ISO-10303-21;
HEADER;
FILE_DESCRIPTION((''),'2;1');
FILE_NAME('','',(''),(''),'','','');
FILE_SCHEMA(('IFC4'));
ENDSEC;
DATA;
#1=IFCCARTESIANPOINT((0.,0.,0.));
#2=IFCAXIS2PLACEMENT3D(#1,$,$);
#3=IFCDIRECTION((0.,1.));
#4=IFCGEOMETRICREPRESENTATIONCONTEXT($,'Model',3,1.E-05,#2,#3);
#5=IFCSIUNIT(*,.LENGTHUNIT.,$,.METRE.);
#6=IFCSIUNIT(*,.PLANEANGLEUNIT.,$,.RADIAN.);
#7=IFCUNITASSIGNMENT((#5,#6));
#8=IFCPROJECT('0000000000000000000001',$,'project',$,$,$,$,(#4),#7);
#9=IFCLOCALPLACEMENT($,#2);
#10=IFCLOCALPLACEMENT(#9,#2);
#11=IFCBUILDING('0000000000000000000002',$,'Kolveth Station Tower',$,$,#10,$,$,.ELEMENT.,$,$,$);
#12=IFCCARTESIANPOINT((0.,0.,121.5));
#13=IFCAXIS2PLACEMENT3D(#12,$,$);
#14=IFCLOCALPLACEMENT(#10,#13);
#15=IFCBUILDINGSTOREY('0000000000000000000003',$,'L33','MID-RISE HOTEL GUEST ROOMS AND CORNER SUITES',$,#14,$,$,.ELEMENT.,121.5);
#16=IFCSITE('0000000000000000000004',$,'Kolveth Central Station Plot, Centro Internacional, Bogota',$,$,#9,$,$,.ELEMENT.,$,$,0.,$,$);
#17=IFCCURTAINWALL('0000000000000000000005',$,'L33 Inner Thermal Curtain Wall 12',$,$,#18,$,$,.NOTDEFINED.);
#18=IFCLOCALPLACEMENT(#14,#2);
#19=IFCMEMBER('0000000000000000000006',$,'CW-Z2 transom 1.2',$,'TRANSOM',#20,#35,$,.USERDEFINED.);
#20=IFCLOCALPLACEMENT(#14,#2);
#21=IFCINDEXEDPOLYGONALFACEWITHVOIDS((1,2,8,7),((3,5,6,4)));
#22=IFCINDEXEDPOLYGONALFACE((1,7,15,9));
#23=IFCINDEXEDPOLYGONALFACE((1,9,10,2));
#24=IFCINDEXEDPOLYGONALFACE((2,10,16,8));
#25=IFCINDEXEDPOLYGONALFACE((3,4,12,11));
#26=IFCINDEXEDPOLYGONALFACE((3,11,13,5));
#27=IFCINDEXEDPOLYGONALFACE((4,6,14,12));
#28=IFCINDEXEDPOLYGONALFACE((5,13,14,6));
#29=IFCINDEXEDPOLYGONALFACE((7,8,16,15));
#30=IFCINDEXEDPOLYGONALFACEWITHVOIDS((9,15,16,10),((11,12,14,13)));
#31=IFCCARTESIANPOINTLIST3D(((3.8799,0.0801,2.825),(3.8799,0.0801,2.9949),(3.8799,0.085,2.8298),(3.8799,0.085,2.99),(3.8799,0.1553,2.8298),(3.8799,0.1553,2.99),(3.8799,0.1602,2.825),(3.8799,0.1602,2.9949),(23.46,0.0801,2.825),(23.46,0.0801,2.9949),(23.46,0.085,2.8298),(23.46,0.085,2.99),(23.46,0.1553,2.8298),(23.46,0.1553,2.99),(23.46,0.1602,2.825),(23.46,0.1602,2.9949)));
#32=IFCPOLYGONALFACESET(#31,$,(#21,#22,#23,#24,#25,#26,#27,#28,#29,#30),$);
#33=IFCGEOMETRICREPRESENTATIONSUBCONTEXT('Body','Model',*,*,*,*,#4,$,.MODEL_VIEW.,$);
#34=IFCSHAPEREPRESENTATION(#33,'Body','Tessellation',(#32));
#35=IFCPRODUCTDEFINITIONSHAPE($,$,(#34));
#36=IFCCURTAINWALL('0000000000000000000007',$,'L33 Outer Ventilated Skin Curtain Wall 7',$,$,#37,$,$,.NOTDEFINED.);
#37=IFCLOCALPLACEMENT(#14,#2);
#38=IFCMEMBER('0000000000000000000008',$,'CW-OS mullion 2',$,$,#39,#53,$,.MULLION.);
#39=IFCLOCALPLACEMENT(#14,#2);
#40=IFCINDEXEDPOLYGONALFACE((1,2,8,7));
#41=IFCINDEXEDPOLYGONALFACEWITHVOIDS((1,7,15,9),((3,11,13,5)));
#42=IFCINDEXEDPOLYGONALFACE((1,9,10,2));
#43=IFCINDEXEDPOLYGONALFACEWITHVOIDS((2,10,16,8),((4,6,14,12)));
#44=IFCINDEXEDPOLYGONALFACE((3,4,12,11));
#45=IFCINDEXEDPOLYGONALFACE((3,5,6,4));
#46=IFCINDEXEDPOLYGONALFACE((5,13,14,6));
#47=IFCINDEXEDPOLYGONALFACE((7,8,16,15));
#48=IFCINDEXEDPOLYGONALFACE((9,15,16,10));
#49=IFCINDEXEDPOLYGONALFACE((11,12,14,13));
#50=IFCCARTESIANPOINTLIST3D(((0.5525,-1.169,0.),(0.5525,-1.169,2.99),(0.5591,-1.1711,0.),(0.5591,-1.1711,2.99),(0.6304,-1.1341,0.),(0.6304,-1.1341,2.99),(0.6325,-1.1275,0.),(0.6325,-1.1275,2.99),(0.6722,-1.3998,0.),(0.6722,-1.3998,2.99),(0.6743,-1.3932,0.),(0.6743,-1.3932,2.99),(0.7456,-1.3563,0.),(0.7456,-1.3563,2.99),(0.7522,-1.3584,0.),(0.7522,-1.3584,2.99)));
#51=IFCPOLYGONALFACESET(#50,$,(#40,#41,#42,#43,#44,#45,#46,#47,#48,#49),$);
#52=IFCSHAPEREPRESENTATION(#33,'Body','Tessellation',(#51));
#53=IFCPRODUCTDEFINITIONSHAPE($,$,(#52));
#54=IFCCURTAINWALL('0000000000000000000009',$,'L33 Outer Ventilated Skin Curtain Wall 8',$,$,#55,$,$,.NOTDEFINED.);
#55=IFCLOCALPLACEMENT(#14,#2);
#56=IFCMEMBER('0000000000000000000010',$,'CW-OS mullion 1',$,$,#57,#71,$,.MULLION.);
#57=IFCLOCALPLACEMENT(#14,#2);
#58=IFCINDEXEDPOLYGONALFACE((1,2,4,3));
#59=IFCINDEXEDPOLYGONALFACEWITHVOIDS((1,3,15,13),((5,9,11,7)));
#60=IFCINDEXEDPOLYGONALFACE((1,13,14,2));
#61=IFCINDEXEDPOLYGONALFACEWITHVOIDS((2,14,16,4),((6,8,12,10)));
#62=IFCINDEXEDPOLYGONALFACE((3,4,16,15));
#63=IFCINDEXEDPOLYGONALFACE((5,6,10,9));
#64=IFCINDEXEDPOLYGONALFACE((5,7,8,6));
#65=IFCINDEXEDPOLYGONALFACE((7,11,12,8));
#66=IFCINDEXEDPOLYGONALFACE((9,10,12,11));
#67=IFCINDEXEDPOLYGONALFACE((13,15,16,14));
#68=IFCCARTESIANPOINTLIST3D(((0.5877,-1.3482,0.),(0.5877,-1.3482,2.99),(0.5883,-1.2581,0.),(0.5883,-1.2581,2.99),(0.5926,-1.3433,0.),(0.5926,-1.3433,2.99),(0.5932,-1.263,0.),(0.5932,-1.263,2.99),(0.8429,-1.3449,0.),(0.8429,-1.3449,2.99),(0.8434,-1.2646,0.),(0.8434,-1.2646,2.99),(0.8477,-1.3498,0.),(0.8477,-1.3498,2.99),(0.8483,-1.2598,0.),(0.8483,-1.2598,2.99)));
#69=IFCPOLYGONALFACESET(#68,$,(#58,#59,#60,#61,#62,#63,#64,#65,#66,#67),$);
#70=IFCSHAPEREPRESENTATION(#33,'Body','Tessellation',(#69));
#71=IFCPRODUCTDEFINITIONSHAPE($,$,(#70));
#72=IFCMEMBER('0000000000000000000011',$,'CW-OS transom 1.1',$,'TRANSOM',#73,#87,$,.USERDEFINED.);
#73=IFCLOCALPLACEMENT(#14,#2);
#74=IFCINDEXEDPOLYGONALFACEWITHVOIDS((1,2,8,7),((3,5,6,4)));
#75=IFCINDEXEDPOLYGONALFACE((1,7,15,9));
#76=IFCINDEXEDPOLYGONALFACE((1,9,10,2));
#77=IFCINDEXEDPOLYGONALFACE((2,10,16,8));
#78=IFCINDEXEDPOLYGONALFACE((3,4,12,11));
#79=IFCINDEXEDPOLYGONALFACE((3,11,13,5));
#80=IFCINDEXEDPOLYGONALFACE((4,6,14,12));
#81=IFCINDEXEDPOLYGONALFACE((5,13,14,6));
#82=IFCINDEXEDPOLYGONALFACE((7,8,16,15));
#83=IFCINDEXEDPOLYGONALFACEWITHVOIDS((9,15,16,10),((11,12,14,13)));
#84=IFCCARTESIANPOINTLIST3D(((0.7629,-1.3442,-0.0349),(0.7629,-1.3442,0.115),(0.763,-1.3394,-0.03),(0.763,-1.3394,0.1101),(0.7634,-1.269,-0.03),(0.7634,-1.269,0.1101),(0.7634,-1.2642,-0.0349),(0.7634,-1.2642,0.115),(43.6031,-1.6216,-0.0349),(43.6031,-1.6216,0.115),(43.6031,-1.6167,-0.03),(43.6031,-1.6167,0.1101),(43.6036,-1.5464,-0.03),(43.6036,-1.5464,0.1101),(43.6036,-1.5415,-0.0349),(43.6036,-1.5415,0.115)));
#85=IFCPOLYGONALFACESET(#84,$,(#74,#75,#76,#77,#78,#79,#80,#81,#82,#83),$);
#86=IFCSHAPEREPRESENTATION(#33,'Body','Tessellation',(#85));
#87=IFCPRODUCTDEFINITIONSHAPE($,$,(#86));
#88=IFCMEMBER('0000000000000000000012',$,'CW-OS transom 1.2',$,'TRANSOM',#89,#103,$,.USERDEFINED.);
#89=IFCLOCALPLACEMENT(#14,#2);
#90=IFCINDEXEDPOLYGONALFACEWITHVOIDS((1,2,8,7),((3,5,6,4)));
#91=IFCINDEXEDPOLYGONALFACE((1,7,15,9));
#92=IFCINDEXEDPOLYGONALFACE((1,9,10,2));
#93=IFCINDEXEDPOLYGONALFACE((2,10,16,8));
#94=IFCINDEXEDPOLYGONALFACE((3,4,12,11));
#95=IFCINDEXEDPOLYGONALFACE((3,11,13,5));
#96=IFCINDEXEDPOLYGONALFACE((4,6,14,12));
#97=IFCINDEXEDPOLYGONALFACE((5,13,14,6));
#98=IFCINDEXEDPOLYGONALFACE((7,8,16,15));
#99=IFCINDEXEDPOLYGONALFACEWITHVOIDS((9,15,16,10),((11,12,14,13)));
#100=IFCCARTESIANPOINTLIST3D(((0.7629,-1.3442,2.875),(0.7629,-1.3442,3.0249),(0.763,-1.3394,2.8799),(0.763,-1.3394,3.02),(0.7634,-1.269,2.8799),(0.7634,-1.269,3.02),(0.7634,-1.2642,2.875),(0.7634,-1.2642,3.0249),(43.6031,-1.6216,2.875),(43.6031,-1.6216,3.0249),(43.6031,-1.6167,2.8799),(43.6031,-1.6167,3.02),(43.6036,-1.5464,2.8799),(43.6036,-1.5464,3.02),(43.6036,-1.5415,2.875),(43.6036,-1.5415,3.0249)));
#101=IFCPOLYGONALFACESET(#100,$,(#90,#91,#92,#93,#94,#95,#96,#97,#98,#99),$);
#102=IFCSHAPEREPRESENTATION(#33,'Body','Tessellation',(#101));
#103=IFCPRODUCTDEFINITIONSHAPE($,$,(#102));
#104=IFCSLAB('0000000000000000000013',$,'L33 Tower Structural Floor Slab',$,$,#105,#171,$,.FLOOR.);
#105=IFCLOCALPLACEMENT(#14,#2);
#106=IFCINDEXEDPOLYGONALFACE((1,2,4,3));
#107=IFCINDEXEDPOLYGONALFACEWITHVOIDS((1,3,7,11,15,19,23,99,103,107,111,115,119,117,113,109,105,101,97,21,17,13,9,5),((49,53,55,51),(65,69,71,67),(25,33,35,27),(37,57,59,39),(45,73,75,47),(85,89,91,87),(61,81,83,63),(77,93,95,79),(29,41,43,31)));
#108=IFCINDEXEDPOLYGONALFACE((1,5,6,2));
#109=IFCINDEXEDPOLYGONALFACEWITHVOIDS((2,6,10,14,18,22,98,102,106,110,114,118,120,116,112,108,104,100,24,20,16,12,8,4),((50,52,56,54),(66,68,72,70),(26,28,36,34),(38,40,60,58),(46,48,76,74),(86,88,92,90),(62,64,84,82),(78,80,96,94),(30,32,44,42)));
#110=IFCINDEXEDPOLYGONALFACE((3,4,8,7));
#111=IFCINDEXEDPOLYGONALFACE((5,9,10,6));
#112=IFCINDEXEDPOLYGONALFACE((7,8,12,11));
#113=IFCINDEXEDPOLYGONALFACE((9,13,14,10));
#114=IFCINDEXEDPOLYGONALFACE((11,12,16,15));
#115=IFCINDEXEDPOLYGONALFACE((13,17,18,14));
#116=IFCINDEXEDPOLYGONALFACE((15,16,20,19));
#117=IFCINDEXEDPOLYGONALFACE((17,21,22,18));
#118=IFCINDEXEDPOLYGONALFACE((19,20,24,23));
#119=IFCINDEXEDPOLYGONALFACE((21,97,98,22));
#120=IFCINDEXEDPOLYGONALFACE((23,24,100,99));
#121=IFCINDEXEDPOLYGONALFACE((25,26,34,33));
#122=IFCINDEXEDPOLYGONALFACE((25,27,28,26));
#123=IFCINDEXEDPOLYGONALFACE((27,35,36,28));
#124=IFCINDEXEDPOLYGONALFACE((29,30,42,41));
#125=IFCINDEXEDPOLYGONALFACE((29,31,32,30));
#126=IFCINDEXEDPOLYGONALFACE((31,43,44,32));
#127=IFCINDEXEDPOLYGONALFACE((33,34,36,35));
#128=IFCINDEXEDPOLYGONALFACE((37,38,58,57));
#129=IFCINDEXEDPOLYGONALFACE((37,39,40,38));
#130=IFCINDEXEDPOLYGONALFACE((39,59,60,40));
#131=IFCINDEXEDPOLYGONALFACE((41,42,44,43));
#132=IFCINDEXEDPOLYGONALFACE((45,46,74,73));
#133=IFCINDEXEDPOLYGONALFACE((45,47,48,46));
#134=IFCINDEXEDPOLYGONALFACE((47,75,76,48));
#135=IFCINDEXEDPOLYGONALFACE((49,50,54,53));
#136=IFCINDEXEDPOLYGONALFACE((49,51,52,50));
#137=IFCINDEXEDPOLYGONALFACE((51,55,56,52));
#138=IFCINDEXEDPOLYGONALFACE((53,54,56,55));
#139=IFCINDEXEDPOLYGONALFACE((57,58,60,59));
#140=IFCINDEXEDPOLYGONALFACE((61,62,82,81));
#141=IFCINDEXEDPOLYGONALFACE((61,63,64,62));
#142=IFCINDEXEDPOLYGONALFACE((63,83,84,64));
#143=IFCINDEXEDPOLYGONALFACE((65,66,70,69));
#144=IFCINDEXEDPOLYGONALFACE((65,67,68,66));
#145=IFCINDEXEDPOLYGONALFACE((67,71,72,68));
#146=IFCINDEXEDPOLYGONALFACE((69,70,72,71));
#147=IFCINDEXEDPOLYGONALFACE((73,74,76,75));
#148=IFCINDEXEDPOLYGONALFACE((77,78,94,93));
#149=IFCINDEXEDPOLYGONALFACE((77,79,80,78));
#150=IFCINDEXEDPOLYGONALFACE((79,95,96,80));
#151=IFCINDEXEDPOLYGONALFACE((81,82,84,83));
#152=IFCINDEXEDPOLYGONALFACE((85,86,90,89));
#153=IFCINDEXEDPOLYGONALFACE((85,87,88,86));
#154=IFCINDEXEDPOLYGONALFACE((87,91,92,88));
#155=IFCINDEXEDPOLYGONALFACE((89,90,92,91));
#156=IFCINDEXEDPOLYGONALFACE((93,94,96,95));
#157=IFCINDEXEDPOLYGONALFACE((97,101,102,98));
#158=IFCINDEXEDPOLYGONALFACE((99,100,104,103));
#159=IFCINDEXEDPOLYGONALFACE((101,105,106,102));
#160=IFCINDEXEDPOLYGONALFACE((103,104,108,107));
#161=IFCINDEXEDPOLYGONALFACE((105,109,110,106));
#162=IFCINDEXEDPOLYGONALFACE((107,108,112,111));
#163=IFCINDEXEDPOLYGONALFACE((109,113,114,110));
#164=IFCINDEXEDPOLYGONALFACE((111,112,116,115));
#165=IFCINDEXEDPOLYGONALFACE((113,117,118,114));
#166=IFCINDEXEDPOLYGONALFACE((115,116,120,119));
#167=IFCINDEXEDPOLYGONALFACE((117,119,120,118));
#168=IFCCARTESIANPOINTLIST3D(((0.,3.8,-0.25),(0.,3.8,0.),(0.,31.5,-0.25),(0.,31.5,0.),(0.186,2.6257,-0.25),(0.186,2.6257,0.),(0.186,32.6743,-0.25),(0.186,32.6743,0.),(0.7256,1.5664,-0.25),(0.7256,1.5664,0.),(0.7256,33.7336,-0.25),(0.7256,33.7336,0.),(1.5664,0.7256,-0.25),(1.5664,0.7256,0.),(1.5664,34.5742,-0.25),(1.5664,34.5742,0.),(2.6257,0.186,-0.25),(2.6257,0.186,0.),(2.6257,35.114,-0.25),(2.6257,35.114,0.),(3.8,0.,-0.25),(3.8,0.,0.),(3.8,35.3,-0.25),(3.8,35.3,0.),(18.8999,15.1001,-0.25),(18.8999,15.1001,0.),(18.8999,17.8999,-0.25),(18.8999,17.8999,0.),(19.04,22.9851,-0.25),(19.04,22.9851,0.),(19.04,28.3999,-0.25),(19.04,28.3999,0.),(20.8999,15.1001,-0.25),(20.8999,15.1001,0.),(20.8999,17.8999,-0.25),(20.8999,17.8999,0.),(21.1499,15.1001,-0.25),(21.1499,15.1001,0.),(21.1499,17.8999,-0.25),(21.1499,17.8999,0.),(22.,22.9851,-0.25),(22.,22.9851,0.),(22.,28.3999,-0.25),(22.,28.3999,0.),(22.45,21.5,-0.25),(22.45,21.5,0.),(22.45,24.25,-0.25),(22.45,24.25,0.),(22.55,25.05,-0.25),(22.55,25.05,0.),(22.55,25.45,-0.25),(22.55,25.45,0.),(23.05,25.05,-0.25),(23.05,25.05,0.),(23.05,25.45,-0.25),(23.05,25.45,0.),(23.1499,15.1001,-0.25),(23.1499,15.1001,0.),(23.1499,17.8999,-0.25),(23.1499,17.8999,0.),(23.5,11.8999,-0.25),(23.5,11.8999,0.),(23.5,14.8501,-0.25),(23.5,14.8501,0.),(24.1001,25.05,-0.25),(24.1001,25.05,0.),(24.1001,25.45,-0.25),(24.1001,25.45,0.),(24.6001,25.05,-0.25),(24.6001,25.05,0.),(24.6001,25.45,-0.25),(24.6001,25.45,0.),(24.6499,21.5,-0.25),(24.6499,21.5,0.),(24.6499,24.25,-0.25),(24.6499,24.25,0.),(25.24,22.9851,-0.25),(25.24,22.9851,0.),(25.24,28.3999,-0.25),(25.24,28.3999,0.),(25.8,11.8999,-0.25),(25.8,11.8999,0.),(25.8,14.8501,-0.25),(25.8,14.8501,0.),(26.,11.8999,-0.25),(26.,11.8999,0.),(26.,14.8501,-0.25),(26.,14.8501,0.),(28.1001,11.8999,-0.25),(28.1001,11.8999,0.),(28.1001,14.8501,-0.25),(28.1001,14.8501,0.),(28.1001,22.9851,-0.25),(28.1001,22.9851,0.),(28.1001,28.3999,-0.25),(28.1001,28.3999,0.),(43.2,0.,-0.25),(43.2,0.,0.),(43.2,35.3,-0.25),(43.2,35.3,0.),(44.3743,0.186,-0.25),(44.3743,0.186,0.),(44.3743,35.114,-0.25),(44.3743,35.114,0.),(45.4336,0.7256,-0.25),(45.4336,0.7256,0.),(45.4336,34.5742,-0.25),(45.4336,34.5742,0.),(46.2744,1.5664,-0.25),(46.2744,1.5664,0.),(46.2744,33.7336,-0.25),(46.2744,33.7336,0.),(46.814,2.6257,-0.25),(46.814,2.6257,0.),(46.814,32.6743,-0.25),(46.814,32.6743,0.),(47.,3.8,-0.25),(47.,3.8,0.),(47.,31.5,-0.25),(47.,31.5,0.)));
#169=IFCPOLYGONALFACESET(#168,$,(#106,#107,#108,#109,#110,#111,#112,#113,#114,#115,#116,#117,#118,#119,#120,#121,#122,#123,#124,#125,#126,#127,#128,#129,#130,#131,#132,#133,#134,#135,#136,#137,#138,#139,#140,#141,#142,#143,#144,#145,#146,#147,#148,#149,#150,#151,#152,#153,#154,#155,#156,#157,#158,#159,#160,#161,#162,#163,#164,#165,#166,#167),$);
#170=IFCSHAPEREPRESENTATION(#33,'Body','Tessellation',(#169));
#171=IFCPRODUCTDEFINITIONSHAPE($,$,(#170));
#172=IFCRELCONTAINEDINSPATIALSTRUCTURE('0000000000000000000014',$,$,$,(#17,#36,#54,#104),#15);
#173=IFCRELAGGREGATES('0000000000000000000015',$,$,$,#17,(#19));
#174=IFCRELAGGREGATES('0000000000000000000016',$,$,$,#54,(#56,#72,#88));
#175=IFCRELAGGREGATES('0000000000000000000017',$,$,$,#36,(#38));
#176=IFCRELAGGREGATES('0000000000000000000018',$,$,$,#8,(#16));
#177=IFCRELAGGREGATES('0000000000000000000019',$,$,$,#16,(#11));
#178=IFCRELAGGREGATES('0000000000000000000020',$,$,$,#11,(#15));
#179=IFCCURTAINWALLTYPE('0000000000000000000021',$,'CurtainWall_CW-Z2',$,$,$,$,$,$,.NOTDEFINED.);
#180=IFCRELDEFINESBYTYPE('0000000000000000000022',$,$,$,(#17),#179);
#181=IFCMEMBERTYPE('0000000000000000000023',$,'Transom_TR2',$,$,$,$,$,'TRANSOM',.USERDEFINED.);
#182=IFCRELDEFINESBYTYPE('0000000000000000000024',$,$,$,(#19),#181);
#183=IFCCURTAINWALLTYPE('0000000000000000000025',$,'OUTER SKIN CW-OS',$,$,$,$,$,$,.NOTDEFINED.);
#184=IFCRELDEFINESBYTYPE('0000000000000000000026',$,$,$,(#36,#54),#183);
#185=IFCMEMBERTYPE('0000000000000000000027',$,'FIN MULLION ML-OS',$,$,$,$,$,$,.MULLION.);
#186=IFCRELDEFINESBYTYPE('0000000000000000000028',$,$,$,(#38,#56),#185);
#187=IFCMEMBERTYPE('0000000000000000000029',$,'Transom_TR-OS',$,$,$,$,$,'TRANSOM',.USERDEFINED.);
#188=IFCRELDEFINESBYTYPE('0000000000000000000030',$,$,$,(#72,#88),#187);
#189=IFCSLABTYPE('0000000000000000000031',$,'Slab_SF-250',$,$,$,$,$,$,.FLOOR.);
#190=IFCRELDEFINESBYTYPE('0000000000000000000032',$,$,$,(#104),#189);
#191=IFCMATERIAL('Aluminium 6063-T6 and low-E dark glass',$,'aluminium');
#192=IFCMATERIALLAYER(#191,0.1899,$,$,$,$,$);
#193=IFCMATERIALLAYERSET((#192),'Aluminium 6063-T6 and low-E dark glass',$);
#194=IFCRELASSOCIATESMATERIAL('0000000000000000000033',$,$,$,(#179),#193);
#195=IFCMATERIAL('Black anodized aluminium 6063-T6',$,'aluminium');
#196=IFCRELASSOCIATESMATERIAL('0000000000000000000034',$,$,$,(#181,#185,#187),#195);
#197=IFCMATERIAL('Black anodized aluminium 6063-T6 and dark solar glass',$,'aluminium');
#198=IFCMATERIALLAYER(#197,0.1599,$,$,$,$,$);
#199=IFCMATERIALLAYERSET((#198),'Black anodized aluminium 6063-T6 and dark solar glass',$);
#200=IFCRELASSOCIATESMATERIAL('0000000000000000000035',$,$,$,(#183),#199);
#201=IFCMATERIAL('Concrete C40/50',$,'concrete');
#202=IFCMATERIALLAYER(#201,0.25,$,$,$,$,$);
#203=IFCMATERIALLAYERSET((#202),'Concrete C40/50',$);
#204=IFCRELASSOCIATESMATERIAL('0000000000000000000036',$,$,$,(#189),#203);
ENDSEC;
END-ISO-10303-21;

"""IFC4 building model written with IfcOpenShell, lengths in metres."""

from ifc_helpers import new_model, si_unit, direction, frame, origin, origin_2d, place, context, subcontext, project, spatial, polyline, hollow_rectangle, outline, extrude, source, transform, mapped, material, layer, layer_set, material_profile, profile_set, type_object, element, aggregate, save


model = new_model("IFC4")

# Units and contexts
model_context = context("Model", 3, precision=1e-05, world=origin(), true_north=direction((0.0, 1.0)))
body_context = subcontext(model_context, "Body", "Model", "MODEL_VIEW")
ifc_project = project(units=[si_unit("LENGTHUNIT", "METRE"), si_unit("PLANEANGLEUNIT", "RADIAN")], contexts=[model_context])

# Site, building, storey
site_placement = place(None, origin())
site = spatial("IfcSite", under=ifc_project, at=site_placement, Name="Kolveth Central Station Plot, Centro Internacional, Bogota", CompositionType="ELEMENT", RefElevation=0.0)
building_placement = place(site_placement, origin())
building = spatial("IfcBuilding", under=site, at=building_placement, Name="Kolveth Station Tower", CompositionType="ELEMENT")
storey_placement = place(building_placement, frame((0.0, 0.0, 121.5)))
storey = spatial("IfcBuildingStorey", under=building, at=storey_placement, Name="L33", Description="MID-RISE HOTEL GUEST ROOMS AND CORNER SUITES", CompositionType="ELEMENT", Elevation=121.5)

# Shared definitions
ifc_material_1 = material(Name="Aluminium 6063-T6 and low-E dark glass", Category="aluminium")
ifc_layer_1 = layer(ifc_material_1, 0.1899)
ifc_layer_set_1 = layer_set([ifc_layer_1], Name="Aluminium 6063-T6 and low-E dark glass")
curtain_wall_type_1 = type_object("IfcCurtainWallType", Name="CurtainWall_CW-Z2", PredefinedType="NOTDEFINED", material=ifc_layer_set_1)
ifc_material_2 = material(Name="Black anodized aluminium 6063-T6", Category="aluminium")

# Curtain wall
curtain_wall_1_placement = place(storey_placement, origin())
curtain_wall_1 = element("IfcCurtainWall", 1, at=curtain_wall_1_placement, inside=storey, type_object=curtain_wall_type_1, Name="L33 Inner Thermal Curtain Wall 12", PredefinedType="NOTDEFINED")

# Member
ifc_material_profile_1 = material_profile(ifc_material_2, hollow_rectangle(XDim=0.0801, YDim=0.1699, WallThickness=0.0049, at=origin_2d()), Name="ALU-80x170x5")
ifc_profile_set_1 = profile_set([ifc_material_profile_1], Name="Black anodized aluminium 6063-T6")
member_type_1 = type_object("IfcMemberType", Name="Transom_TR2", ElementType="TRANSOM", PredefinedType="USERDEFINED", material=ifc_profile_set_1)
shared_shape_1 = source(origin(), body_context, "Body", "SweptSolid", [
    extrude(hollow_rectangle(XDim=0.0801, YDim=0.1699, WallThickness=0.0049, at=origin_2d()), origin(), (0.0, 0.0, 1.0), 19.5801),
])
member_1_placement = place(storey_placement, frame((3.8799, 0.1201, 2.9099), z_axis=(1.0, 0.0, 0.0), x_axis=(0.0, 1.0, 0.0)))
member_1 = element("IfcMember", 2, at=member_1_placement, type_object=member_type_1, Name="CW-Z2 transom 1.2", ObjectType="TRANSOM", PredefinedType="USERDEFINED", context=body_context, shape_type="MappedRepresentation", body=[
    mapped(shared_shape_1, transform((0.0, 0.0, 0.0), x_axis=(1.0, 0.0, 0.0), y_axis=(0.0, 1.0, 0.0), z_axis=(0.0, 0.0, 1.0), scale=1.0)),
])
aggregate(curtain_wall_1, [member_1])

# Curtain wall, member
ifc_material_3 = material(Name="Black anodized aluminium 6063-T6 and dark solar glass", Category="aluminium")
ifc_layer_2 = layer(ifc_material_3, 0.1599)
ifc_layer_set_2 = layer_set([ifc_layer_2], Name="Black anodized aluminium 6063-T6 and dark solar glass")
curtain_wall_type_2 = type_object("IfcCurtainWallType", Name="OUTER SKIN CW-OS", PredefinedType="NOTDEFINED", material=ifc_layer_set_2)
curtain_wall_2_placement = place(storey_placement, origin())
curtain_wall_2 = element("IfcCurtainWall", 3, at=curtain_wall_2_placement, inside=storey, type_object=curtain_wall_type_2, Name="L33 Outer Ventilated Skin Curtain Wall 7", PredefinedType="NOTDEFINED")
ifc_material_profile_2 = material_profile(ifc_material_2, hollow_rectangle(XDim=0.0901, YDim=0.26, WallThickness=0.0049, at=origin_2d()), Name="ALU-90x260x5")
ifc_profile_set_2 = profile_set([ifc_material_profile_2], Name="Black anodized aluminium 6063-T6")
member_type_2 = type_object("IfcMemberType", Name="FIN MULLION ML-OS", PredefinedType="MULLION", material=ifc_profile_set_2)
shared_shape_2 = source(origin(), body_context, "Body", "SweptSolid", [
    extrude(hollow_rectangle(XDim=0.0901, YDim=0.26, WallThickness=0.0049, at=origin_2d()), origin(), (0.0, 0.0, 1.0), 2.99),
])
member_2_placement = place(storey_placement, frame((0.6523, -1.2637, 0.0), z_axis=(0.0, 0.0, 1.0), x_axis=(0.887795, 0.460239, 0.0)))
member_2 = element("IfcMember", 4, at=member_2_placement, type_object=member_type_2, Name="CW-OS mullion 2", PredefinedType="MULLION", context=body_context, shape_type="MappedRepresentation", body=[
    mapped(shared_shape_2, transform((0.0, 0.0, 0.0), x_axis=(1.0, 0.0, 0.0), y_axis=(0.0, 1.0, 0.0), z_axis=(0.0, 0.0, 1.0), scale=1.0)),
])

# Curtain wall, members
curtain_wall_3_placement = place(storey_placement, origin())
curtain_wall_3 = element("IfcCurtainWall", 5, at=curtain_wall_3_placement, inside=storey, type_object=curtain_wall_type_2, Name="L33 Outer Ventilated Skin Curtain Wall 8", PredefinedType="NOTDEFINED")
member_3_placement = place(storey_placement, frame((0.718, -1.304, 0.0), z_axis=(0.0, 0.0, 1.0), x_axis=(0.006474, 0.999979, 0.0)))
member_3 = element("IfcMember", 6, at=member_3_placement, type_object=member_type_2, Name="CW-OS mullion 1", PredefinedType="MULLION", context=body_context, shape_type="MappedRepresentation", body=[
    mapped(shared_shape_2, transform((0.0, 0.0, 0.0), x_axis=(1.0, 0.0, 0.0), y_axis=(0.0, 1.0, 0.0), z_axis=(0.0, 0.0, 1.0), scale=1.0)),
])
ifc_material_profile_3 = material_profile(ifc_material_2, hollow_rectangle(XDim=0.0801, YDim=0.1499, WallThickness=0.0049, at=origin_2d()), Name="ALU-80x150x5")
ifc_profile_set_3 = profile_set([ifc_material_profile_3], Name="Black anodized aluminium 6063-T6")
member_type_3 = type_object("IfcMemberType", Name="Transom_TR-OS", ElementType="TRANSOM", PredefinedType="USERDEFINED", material=ifc_profile_set_3)
shared_shape_3 = source(origin(), body_context, "Body", "SweptSolid", [
    extrude(hollow_rectangle(XDim=0.0801, YDim=0.1499, WallThickness=0.0049, at=origin_2d()), origin(), (0.0, 0.0, 1.0), 42.8411),
])
member_4_placement = place(storey_placement, frame((0.7632, -1.3042, 0.04), z_axis=(0.999979, -0.006474, 0.0), x_axis=(0.006474, 0.999979, 0.0)))
member_4 = element("IfcMember", 7, at=member_4_placement, type_object=member_type_3, Name="CW-OS transom 1.1", ObjectType="TRANSOM", PredefinedType="USERDEFINED", context=body_context, shape_type="MappedRepresentation", body=[
    mapped(shared_shape_3, transform((0.0, 0.0, 0.0), x_axis=(1.0, 0.0, 0.0), y_axis=(0.0, 1.0, 0.0), z_axis=(0.0, 0.0, 1.0), scale=1.0)),
])
member_5_placement = place(storey_placement, frame((0.7632, -1.3042, 2.95), z_axis=(0.999979, -0.006474, 0.0), x_axis=(0.006474, 0.999979, 0.0)))
member_5 = element("IfcMember", 8, at=member_5_placement, type_object=member_type_3, Name="CW-OS transom 1.2", ObjectType="TRANSOM", PredefinedType="USERDEFINED", context=body_context, shape_type="MappedRepresentation", body=[
    mapped(shared_shape_3, transform((0.0, 0.0, 0.0), x_axis=(1.0, 0.0, 0.0), y_axis=(0.0, 1.0, 0.0), z_axis=(0.0, 0.0, 1.0), scale=1.0)),
])
aggregate(curtain_wall_3, [member_3, member_4, member_5])

# Slab
ifc_material_4 = material(Name="Concrete C40/50", Category="concrete")
ifc_layer_3 = layer(ifc_material_4, 0.25)
ifc_layer_set_3 = layer_set([ifc_layer_3], Name="Concrete C40/50")
slab_type_1 = type_object("IfcSlabType", Name="Slab_SF-250", PredefinedType="FLOOR", material=ifc_layer_set_3)
slab_1_placement = place(storey_placement, frame((0.0, 0.0, -0.25)))
element("IfcSlab", 9, at=slab_1_placement, inside=storey, type_object=slab_type_1, Name="L33 Tower Structural Floor Slab", PredefinedType="FLOOR", context=body_context, shape_type="SweptSolid", body=[
    extrude(outline(polyline([(43.2, 0.0), (44.3743, 0.186), (45.4336, 0.7256), (46.2744, 1.5664), (46.814, 2.6257), (47.0, 3.8), (47.0, 31.5), (46.814, 32.6743), (46.2744, 33.7336), (45.4336, 34.5742), (44.3743, 35.114), (43.2, 35.3), (3.8, 35.3), (2.6257, 35.114), (1.5664, 34.5742), (0.7256, 33.7336), (0.186, 32.6743), (0.0, 31.5), (0.0, 3.8), (0.186, 2.6257), (0.7256, 1.5664), (1.5664, 0.7256), (2.6257, 0.186), (3.8, 0.0), (43.2, 0.0)]), holes=[polyline([(19.04, 22.9851), (22.0, 22.9851), (22.0, 28.3999), (19.04, 28.3999), (19.04, 22.9851)]), polyline([(25.24, 22.9851), (28.1001, 22.9851), (28.1001, 28.3999), (25.24, 28.3999), (25.24, 22.9851)]), polyline([(18.8999, 15.1001), (20.8999, 15.1001), (20.8999, 17.8999), (18.8999, 17.8999), (18.8999, 15.1001)]), polyline([(21.1499, 15.1001), (23.1499, 15.1001), (23.1499, 17.8999), (21.1499, 17.8999), (21.1499, 15.1001)]), polyline([(22.45, 21.5), (24.6499, 21.5), (24.6499, 24.25), (22.45, 24.25), (22.45, 21.5)]), polyline([(23.5, 11.8999), (25.8, 11.8999), (25.8, 14.8501), (23.5, 14.8501), (23.5, 11.8999)]), polyline([(26.0, 11.8999), (28.1001, 11.8999), (28.1001, 14.8501), (26.0, 14.8501), (26.0, 11.8999)]), polyline([(22.55, 25.05), (23.05, 25.05), (23.05, 25.45), (22.55, 25.45), (22.55, 25.05)]), polyline([(24.1001, 25.05), (24.6001, 25.05), (24.6001, 25.45), (24.1001, 25.45), (24.1001, 25.05)])]), origin(), (0.0, 0.0, 1.0), 0.25),
])

aggregate(curtain_wall_2, [member_2])

save(model, "model.ifc")
